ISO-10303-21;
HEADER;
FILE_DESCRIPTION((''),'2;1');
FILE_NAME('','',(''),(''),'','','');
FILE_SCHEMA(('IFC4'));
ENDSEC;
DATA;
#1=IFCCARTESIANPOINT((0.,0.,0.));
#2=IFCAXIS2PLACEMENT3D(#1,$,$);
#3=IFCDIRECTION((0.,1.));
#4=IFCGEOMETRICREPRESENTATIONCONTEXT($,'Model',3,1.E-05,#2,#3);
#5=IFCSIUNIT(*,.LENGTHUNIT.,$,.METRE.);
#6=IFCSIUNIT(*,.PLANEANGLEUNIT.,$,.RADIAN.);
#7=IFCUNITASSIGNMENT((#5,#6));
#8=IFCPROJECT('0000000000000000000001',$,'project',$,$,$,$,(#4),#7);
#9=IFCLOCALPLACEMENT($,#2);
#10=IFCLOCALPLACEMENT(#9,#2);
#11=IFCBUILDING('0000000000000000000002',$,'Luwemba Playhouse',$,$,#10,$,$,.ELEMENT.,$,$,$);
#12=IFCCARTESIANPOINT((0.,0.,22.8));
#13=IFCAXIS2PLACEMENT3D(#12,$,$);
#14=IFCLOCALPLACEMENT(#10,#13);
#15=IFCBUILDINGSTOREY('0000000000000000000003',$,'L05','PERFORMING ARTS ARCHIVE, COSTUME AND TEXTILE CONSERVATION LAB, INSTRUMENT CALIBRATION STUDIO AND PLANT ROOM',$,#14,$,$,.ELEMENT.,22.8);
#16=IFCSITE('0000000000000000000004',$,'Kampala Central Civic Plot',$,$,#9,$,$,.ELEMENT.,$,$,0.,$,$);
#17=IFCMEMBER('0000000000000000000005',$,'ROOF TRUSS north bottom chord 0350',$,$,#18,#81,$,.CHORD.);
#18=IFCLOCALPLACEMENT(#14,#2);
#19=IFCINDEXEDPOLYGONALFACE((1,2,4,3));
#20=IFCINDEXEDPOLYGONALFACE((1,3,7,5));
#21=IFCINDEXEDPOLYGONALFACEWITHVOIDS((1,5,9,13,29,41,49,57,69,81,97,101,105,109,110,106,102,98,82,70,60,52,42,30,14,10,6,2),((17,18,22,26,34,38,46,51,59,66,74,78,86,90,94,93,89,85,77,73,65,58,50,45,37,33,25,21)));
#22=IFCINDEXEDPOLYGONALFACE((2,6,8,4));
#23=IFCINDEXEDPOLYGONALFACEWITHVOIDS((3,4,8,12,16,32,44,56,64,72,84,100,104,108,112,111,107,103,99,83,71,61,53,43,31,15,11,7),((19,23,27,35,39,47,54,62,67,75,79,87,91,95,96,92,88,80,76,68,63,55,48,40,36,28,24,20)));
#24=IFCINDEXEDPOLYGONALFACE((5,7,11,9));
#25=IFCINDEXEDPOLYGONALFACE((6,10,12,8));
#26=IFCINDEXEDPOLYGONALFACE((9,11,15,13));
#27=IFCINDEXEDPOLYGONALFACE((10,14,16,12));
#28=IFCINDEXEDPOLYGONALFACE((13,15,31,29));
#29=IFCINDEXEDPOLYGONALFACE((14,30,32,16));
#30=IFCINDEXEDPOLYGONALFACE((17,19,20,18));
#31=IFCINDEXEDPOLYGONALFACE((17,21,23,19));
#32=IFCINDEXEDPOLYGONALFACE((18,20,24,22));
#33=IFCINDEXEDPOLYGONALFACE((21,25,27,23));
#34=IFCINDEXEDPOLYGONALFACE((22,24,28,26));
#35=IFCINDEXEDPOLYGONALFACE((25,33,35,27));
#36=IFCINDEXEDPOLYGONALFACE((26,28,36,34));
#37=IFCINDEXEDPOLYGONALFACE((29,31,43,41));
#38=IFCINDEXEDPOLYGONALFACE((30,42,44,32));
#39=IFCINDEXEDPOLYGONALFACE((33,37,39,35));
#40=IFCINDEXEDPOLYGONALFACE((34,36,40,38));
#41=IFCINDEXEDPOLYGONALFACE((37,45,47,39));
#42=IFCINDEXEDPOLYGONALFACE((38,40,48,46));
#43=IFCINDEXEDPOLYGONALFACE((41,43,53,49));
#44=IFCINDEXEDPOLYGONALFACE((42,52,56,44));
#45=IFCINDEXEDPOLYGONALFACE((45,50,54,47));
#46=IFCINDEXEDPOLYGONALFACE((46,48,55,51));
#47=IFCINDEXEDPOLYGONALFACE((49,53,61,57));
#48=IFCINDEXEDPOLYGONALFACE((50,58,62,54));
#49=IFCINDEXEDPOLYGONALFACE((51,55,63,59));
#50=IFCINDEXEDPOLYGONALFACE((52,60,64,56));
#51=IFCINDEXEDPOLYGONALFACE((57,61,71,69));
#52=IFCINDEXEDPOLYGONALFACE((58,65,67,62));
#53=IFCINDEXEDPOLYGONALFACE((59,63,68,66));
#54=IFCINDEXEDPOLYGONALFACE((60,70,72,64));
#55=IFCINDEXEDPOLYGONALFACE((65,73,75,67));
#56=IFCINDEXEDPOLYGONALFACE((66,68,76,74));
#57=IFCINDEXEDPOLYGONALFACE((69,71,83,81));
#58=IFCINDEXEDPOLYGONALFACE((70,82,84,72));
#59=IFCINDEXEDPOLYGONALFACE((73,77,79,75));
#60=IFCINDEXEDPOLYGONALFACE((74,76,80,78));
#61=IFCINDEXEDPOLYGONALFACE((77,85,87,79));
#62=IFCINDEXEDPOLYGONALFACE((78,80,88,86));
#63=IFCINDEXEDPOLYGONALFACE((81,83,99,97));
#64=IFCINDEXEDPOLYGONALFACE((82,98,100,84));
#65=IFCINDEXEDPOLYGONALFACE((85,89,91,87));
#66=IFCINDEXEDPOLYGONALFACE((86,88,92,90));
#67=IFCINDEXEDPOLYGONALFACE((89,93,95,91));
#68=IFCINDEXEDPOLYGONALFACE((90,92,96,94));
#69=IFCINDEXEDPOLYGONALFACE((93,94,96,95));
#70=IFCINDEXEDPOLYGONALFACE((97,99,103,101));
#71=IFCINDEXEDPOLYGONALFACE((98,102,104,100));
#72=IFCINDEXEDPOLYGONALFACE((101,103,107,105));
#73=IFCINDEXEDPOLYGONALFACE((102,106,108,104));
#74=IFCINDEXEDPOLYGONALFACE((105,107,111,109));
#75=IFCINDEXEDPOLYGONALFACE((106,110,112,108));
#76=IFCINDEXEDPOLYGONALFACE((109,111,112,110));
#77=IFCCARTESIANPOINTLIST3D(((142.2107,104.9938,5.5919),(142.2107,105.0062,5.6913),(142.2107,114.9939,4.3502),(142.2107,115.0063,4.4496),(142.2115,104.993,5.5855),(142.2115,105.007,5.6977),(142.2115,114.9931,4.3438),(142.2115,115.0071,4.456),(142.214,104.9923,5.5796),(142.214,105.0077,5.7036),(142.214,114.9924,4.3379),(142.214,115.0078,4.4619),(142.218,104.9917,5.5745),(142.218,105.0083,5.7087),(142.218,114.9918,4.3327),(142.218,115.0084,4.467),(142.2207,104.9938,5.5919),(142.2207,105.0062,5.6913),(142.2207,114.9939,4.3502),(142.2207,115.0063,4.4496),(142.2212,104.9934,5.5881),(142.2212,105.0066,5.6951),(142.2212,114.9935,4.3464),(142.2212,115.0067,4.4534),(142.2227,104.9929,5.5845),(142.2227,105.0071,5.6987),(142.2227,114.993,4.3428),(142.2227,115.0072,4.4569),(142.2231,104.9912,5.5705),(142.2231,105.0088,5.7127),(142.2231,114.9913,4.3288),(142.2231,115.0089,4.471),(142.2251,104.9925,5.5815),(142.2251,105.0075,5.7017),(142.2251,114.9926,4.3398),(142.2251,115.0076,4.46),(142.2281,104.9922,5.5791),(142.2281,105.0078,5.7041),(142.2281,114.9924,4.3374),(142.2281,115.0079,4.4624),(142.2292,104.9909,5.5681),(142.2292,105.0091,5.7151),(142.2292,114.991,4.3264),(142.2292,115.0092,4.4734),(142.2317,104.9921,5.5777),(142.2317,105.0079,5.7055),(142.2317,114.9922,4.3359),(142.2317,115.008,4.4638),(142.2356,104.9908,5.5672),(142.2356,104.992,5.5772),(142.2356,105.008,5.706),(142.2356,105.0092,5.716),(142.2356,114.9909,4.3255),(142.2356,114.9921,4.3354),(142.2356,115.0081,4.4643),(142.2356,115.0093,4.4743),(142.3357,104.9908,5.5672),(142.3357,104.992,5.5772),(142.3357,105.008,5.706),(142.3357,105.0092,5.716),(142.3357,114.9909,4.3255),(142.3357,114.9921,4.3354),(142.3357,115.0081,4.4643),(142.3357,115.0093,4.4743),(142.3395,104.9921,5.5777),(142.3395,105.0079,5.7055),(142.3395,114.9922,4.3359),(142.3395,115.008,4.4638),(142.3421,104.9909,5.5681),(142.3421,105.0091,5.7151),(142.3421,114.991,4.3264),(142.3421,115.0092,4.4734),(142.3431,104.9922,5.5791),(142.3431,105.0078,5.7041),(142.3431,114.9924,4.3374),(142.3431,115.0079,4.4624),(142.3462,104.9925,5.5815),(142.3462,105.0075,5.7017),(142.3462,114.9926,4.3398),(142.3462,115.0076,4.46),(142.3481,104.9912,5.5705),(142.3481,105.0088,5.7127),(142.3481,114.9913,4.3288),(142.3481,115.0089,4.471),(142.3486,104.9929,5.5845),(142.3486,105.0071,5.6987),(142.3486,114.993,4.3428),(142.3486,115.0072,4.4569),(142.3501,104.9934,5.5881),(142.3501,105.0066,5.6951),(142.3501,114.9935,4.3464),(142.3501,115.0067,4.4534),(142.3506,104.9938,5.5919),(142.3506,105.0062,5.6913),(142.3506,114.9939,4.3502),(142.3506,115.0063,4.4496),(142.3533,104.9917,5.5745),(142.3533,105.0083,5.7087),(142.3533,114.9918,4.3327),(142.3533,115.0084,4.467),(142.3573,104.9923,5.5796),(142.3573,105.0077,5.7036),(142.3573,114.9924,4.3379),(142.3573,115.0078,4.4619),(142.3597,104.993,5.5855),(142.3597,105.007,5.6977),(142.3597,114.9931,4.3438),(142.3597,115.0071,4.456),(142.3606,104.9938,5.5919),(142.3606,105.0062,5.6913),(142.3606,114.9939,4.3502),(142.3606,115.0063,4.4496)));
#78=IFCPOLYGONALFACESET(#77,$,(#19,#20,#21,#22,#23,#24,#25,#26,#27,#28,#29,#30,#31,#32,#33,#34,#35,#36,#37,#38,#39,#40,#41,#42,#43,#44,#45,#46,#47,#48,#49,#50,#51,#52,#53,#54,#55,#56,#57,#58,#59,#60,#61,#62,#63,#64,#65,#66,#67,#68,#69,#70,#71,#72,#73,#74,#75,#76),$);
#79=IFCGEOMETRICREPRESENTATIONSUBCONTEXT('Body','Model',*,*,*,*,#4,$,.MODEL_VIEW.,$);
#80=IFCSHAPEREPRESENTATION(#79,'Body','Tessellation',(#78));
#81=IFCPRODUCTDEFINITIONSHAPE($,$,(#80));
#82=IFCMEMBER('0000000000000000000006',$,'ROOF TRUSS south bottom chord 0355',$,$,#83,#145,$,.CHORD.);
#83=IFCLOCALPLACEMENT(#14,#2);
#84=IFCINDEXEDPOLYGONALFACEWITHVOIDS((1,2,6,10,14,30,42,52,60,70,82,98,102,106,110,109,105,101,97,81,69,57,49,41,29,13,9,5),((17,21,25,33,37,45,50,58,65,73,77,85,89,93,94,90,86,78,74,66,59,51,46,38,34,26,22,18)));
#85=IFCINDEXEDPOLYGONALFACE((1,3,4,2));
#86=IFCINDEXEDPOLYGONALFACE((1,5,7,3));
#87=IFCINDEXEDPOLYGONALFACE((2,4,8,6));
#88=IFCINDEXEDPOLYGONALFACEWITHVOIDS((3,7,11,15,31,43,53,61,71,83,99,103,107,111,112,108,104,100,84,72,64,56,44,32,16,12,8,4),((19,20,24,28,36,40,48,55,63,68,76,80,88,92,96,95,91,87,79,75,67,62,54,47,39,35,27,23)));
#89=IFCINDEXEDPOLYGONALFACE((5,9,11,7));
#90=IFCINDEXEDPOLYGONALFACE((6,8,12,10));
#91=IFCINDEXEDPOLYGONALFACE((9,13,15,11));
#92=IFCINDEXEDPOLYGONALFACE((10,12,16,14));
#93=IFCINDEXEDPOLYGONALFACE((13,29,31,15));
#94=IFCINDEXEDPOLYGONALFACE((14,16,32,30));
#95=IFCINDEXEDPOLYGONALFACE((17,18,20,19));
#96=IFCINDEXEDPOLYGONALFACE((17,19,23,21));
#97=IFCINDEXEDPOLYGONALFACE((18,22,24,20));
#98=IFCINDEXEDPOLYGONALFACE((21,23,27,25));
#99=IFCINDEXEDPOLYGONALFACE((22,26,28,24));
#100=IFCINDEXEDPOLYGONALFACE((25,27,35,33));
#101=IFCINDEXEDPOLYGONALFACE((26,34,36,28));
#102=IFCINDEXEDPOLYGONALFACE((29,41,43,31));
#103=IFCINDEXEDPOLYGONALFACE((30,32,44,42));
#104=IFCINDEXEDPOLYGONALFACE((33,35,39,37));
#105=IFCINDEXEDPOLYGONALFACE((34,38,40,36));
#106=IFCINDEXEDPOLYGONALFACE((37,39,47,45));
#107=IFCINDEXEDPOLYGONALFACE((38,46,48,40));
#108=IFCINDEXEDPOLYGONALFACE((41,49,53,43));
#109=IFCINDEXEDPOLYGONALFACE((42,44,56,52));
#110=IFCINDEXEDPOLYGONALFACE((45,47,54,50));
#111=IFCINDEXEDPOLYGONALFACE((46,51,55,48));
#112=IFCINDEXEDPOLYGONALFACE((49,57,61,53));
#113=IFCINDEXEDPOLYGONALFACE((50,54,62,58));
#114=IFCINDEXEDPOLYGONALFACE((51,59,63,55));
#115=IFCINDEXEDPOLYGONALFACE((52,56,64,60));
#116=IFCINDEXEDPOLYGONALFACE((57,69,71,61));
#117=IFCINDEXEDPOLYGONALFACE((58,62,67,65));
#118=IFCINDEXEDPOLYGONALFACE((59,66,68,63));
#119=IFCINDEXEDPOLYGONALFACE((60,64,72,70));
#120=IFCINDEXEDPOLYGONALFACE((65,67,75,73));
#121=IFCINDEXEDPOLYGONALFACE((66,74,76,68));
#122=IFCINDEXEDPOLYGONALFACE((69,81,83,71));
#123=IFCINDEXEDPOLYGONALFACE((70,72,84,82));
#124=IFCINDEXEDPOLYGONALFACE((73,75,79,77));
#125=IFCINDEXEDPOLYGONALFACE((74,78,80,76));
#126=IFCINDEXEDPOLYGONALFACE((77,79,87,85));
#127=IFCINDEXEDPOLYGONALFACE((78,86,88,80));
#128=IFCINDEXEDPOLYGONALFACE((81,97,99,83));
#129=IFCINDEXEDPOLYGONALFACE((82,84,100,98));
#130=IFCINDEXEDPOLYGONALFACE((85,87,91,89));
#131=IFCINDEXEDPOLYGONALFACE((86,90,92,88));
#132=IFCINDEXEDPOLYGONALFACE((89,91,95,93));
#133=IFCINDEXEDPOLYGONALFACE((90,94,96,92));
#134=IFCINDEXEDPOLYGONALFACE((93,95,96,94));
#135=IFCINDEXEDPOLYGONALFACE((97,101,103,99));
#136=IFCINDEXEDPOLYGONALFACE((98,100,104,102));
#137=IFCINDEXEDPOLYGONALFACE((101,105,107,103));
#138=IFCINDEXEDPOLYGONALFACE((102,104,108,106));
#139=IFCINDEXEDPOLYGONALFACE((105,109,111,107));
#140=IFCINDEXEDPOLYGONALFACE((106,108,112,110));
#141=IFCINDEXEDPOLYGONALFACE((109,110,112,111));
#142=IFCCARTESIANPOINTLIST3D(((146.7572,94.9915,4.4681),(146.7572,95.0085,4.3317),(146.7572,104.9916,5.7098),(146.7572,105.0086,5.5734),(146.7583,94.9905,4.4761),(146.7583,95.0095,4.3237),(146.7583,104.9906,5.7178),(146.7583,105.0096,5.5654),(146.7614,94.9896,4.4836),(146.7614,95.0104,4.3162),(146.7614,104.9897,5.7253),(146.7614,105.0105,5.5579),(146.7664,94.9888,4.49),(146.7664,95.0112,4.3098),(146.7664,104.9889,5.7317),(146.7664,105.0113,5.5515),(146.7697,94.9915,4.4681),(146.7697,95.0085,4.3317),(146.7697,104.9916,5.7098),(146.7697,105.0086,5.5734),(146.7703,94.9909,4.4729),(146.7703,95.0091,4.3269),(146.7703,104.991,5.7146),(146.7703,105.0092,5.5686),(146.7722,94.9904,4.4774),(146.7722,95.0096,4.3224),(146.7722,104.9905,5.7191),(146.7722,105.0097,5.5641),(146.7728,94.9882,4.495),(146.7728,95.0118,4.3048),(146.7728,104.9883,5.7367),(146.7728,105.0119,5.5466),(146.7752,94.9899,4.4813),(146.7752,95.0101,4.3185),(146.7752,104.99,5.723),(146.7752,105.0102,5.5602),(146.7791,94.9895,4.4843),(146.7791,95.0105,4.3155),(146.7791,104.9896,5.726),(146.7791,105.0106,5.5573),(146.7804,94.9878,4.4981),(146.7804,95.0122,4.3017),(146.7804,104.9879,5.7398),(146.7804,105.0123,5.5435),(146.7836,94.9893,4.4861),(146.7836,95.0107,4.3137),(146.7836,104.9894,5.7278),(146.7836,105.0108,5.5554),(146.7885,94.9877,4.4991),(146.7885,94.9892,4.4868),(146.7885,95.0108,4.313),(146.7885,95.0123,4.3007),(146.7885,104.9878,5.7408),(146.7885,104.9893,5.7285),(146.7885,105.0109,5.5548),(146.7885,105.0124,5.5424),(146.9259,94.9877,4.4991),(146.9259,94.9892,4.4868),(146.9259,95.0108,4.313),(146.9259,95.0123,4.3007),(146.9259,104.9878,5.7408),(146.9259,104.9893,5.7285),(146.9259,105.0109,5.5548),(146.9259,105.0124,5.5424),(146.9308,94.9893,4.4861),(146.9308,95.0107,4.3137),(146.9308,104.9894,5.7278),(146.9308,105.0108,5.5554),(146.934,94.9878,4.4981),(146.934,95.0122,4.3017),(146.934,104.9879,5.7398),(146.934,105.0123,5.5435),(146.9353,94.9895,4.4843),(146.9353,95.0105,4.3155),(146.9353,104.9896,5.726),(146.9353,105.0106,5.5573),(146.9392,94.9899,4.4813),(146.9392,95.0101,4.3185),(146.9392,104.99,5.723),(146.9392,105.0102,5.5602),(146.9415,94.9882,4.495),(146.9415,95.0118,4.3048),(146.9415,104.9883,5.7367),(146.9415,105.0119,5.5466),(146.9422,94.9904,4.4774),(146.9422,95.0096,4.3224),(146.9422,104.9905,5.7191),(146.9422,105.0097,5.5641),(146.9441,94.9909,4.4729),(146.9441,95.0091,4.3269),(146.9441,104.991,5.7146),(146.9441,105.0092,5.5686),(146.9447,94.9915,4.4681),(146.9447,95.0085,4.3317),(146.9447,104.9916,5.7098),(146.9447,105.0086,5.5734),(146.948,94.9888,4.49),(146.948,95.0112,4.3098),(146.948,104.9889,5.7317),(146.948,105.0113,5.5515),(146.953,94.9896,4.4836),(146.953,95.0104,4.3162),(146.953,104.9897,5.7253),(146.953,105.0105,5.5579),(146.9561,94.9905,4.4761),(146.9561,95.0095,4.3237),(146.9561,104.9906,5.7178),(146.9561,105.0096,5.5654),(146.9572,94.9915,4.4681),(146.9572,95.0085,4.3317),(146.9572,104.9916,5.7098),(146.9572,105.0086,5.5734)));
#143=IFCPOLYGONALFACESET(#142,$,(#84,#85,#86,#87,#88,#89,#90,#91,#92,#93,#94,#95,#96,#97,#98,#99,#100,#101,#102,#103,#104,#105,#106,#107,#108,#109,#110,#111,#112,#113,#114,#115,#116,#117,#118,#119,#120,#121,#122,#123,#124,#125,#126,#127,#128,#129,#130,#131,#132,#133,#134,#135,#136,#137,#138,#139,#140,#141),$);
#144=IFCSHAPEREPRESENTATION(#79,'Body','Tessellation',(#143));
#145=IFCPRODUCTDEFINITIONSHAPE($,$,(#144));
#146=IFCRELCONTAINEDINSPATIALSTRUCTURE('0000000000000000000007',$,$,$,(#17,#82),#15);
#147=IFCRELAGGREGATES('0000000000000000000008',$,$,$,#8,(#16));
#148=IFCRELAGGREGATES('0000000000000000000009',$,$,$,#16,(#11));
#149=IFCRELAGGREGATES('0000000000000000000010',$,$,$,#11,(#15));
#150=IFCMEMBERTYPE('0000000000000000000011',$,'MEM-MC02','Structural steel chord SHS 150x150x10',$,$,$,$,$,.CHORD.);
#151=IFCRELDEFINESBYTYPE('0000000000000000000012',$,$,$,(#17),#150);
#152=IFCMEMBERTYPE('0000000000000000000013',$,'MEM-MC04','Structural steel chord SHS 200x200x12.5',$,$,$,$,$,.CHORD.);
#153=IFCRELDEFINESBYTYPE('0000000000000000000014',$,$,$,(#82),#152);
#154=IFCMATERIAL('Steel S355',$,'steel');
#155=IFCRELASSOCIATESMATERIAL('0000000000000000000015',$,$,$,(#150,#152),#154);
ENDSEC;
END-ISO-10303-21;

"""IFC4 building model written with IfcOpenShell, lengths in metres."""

from ifc_helpers import new_model, si_unit, direction, frame, origin, origin_2d, place, context, subcontext, project, spatial, hollow_rectangle, extrude, material, material_profile, profile_set, type_object, element, save


model = new_model("IFC4")

# Units and contexts
model_context = context("Model", 3, precision=1e-05, world=origin(), true_north=direction((0.0, 1.0)))
body_context = subcontext(model_context, "Body", "Model", "MODEL_VIEW")
ifc_project = project(units=[si_unit("LENGTHUNIT", "METRE"), si_unit("PLANEANGLEUNIT", "RADIAN")], contexts=[model_context])

# Site, building, storey
site_placement = place(None, origin())
site = spatial("IfcSite", under=ifc_project, at=site_placement, Name="Kampala Central Civic Plot", CompositionType="ELEMENT", RefElevation=0.0)
building_placement = place(site_placement, origin())
building = spatial("IfcBuilding", under=site, at=building_placement, Name="Luwemba Playhouse", CompositionType="ELEMENT")
storey_placement = place(building_placement, frame((0.0, 0.0, 22.8)))
storey = spatial("IfcBuildingStorey", under=building, at=storey_placement, Name="L05", Description="PERFORMING ARTS ARCHIVE, COSTUME AND TEXTILE CONSERVATION LAB, INSTRUMENT CALIBRATION STUDIO AND PLANT ROOM", CompositionType="ELEMENT", Elevation=22.8)

# Shared definitions
ifc_material_1 = material(Name="Steel S355", Category="steel")

# Members
ifc_material_profile_1 = material_profile(ifc_material_1, hollow_rectangle(XDim=0.1499, YDim=0.1499, WallThickness=0.01, InnerFilletRadius=0.0149, OuterFilletRadius=0.0249, at=origin_2d()))
ifc_profile_set_1 = profile_set([ifc_material_profile_1], Name="Steel S355")
member_type_1 = type_object("IfcMemberType", Name="MEM-MC02", Description="Structural steel chord SHS 150x150x10", PredefinedType="CHORD", material=ifc_profile_set_1)
member_1_placement = place(storey_placement, frame((142.2856, 105.0, 5.6416), z_axis=(0.0, 0.992379, -0.123224), x_axis=(-1.0, 0.0, 0.0)))
element("IfcMember", 1, at=member_1_placement, inside=storey, type_object=member_type_1, Name="ROOF TRUSS north bottom chord 0350", PredefinedType="CHORD", context=body_context, shape_type="SweptSolid", body=[
    extrude(hollow_rectangle(XDim=0.1499, YDim=0.1499, WallThickness=0.01, InnerFilletRadius=0.0149, OuterFilletRadius=0.0249, at=origin_2d()), origin(), (0.0, 0.0, 1.0), 10.0769),
])
ifc_material_profile_2 = material_profile(ifc_material_1, hollow_rectangle(XDim=0.2, YDim=0.2, WallThickness=0.0125, InnerFilletRadius=0.0188, OuterFilletRadius=0.0312, at=origin_2d()))
ifc_profile_set_2 = profile_set([ifc_material_profile_2], Name="Steel S355")
member_type_2 = type_object("IfcMemberType", Name="MEM-MC04", Description="Structural steel chord SHS 200x200x12.5", PredefinedType="CHORD", material=ifc_profile_set_2)
member_2_placement = place(storey_placement, frame((146.8572, 95.0, 4.3999), z_axis=(0.0, 0.992379, 0.123224), x_axis=(-1.0, 0.0, 0.0)))
element("IfcMember", 2, at=member_2_placement, inside=storey, type_object=member_type_2, Name="ROOF TRUSS south bottom chord 0355", PredefinedType="CHORD", context=body_context, shape_type="SweptSolid", body=[
    extrude(hollow_rectangle(XDim=0.2, YDim=0.2, WallThickness=0.0125, InnerFilletRadius=0.0188, OuterFilletRadius=0.0312, at=origin_2d()), origin(), (0.0, 0.0, 1.0), 10.0769),
])

save(model, "model.ifc")
